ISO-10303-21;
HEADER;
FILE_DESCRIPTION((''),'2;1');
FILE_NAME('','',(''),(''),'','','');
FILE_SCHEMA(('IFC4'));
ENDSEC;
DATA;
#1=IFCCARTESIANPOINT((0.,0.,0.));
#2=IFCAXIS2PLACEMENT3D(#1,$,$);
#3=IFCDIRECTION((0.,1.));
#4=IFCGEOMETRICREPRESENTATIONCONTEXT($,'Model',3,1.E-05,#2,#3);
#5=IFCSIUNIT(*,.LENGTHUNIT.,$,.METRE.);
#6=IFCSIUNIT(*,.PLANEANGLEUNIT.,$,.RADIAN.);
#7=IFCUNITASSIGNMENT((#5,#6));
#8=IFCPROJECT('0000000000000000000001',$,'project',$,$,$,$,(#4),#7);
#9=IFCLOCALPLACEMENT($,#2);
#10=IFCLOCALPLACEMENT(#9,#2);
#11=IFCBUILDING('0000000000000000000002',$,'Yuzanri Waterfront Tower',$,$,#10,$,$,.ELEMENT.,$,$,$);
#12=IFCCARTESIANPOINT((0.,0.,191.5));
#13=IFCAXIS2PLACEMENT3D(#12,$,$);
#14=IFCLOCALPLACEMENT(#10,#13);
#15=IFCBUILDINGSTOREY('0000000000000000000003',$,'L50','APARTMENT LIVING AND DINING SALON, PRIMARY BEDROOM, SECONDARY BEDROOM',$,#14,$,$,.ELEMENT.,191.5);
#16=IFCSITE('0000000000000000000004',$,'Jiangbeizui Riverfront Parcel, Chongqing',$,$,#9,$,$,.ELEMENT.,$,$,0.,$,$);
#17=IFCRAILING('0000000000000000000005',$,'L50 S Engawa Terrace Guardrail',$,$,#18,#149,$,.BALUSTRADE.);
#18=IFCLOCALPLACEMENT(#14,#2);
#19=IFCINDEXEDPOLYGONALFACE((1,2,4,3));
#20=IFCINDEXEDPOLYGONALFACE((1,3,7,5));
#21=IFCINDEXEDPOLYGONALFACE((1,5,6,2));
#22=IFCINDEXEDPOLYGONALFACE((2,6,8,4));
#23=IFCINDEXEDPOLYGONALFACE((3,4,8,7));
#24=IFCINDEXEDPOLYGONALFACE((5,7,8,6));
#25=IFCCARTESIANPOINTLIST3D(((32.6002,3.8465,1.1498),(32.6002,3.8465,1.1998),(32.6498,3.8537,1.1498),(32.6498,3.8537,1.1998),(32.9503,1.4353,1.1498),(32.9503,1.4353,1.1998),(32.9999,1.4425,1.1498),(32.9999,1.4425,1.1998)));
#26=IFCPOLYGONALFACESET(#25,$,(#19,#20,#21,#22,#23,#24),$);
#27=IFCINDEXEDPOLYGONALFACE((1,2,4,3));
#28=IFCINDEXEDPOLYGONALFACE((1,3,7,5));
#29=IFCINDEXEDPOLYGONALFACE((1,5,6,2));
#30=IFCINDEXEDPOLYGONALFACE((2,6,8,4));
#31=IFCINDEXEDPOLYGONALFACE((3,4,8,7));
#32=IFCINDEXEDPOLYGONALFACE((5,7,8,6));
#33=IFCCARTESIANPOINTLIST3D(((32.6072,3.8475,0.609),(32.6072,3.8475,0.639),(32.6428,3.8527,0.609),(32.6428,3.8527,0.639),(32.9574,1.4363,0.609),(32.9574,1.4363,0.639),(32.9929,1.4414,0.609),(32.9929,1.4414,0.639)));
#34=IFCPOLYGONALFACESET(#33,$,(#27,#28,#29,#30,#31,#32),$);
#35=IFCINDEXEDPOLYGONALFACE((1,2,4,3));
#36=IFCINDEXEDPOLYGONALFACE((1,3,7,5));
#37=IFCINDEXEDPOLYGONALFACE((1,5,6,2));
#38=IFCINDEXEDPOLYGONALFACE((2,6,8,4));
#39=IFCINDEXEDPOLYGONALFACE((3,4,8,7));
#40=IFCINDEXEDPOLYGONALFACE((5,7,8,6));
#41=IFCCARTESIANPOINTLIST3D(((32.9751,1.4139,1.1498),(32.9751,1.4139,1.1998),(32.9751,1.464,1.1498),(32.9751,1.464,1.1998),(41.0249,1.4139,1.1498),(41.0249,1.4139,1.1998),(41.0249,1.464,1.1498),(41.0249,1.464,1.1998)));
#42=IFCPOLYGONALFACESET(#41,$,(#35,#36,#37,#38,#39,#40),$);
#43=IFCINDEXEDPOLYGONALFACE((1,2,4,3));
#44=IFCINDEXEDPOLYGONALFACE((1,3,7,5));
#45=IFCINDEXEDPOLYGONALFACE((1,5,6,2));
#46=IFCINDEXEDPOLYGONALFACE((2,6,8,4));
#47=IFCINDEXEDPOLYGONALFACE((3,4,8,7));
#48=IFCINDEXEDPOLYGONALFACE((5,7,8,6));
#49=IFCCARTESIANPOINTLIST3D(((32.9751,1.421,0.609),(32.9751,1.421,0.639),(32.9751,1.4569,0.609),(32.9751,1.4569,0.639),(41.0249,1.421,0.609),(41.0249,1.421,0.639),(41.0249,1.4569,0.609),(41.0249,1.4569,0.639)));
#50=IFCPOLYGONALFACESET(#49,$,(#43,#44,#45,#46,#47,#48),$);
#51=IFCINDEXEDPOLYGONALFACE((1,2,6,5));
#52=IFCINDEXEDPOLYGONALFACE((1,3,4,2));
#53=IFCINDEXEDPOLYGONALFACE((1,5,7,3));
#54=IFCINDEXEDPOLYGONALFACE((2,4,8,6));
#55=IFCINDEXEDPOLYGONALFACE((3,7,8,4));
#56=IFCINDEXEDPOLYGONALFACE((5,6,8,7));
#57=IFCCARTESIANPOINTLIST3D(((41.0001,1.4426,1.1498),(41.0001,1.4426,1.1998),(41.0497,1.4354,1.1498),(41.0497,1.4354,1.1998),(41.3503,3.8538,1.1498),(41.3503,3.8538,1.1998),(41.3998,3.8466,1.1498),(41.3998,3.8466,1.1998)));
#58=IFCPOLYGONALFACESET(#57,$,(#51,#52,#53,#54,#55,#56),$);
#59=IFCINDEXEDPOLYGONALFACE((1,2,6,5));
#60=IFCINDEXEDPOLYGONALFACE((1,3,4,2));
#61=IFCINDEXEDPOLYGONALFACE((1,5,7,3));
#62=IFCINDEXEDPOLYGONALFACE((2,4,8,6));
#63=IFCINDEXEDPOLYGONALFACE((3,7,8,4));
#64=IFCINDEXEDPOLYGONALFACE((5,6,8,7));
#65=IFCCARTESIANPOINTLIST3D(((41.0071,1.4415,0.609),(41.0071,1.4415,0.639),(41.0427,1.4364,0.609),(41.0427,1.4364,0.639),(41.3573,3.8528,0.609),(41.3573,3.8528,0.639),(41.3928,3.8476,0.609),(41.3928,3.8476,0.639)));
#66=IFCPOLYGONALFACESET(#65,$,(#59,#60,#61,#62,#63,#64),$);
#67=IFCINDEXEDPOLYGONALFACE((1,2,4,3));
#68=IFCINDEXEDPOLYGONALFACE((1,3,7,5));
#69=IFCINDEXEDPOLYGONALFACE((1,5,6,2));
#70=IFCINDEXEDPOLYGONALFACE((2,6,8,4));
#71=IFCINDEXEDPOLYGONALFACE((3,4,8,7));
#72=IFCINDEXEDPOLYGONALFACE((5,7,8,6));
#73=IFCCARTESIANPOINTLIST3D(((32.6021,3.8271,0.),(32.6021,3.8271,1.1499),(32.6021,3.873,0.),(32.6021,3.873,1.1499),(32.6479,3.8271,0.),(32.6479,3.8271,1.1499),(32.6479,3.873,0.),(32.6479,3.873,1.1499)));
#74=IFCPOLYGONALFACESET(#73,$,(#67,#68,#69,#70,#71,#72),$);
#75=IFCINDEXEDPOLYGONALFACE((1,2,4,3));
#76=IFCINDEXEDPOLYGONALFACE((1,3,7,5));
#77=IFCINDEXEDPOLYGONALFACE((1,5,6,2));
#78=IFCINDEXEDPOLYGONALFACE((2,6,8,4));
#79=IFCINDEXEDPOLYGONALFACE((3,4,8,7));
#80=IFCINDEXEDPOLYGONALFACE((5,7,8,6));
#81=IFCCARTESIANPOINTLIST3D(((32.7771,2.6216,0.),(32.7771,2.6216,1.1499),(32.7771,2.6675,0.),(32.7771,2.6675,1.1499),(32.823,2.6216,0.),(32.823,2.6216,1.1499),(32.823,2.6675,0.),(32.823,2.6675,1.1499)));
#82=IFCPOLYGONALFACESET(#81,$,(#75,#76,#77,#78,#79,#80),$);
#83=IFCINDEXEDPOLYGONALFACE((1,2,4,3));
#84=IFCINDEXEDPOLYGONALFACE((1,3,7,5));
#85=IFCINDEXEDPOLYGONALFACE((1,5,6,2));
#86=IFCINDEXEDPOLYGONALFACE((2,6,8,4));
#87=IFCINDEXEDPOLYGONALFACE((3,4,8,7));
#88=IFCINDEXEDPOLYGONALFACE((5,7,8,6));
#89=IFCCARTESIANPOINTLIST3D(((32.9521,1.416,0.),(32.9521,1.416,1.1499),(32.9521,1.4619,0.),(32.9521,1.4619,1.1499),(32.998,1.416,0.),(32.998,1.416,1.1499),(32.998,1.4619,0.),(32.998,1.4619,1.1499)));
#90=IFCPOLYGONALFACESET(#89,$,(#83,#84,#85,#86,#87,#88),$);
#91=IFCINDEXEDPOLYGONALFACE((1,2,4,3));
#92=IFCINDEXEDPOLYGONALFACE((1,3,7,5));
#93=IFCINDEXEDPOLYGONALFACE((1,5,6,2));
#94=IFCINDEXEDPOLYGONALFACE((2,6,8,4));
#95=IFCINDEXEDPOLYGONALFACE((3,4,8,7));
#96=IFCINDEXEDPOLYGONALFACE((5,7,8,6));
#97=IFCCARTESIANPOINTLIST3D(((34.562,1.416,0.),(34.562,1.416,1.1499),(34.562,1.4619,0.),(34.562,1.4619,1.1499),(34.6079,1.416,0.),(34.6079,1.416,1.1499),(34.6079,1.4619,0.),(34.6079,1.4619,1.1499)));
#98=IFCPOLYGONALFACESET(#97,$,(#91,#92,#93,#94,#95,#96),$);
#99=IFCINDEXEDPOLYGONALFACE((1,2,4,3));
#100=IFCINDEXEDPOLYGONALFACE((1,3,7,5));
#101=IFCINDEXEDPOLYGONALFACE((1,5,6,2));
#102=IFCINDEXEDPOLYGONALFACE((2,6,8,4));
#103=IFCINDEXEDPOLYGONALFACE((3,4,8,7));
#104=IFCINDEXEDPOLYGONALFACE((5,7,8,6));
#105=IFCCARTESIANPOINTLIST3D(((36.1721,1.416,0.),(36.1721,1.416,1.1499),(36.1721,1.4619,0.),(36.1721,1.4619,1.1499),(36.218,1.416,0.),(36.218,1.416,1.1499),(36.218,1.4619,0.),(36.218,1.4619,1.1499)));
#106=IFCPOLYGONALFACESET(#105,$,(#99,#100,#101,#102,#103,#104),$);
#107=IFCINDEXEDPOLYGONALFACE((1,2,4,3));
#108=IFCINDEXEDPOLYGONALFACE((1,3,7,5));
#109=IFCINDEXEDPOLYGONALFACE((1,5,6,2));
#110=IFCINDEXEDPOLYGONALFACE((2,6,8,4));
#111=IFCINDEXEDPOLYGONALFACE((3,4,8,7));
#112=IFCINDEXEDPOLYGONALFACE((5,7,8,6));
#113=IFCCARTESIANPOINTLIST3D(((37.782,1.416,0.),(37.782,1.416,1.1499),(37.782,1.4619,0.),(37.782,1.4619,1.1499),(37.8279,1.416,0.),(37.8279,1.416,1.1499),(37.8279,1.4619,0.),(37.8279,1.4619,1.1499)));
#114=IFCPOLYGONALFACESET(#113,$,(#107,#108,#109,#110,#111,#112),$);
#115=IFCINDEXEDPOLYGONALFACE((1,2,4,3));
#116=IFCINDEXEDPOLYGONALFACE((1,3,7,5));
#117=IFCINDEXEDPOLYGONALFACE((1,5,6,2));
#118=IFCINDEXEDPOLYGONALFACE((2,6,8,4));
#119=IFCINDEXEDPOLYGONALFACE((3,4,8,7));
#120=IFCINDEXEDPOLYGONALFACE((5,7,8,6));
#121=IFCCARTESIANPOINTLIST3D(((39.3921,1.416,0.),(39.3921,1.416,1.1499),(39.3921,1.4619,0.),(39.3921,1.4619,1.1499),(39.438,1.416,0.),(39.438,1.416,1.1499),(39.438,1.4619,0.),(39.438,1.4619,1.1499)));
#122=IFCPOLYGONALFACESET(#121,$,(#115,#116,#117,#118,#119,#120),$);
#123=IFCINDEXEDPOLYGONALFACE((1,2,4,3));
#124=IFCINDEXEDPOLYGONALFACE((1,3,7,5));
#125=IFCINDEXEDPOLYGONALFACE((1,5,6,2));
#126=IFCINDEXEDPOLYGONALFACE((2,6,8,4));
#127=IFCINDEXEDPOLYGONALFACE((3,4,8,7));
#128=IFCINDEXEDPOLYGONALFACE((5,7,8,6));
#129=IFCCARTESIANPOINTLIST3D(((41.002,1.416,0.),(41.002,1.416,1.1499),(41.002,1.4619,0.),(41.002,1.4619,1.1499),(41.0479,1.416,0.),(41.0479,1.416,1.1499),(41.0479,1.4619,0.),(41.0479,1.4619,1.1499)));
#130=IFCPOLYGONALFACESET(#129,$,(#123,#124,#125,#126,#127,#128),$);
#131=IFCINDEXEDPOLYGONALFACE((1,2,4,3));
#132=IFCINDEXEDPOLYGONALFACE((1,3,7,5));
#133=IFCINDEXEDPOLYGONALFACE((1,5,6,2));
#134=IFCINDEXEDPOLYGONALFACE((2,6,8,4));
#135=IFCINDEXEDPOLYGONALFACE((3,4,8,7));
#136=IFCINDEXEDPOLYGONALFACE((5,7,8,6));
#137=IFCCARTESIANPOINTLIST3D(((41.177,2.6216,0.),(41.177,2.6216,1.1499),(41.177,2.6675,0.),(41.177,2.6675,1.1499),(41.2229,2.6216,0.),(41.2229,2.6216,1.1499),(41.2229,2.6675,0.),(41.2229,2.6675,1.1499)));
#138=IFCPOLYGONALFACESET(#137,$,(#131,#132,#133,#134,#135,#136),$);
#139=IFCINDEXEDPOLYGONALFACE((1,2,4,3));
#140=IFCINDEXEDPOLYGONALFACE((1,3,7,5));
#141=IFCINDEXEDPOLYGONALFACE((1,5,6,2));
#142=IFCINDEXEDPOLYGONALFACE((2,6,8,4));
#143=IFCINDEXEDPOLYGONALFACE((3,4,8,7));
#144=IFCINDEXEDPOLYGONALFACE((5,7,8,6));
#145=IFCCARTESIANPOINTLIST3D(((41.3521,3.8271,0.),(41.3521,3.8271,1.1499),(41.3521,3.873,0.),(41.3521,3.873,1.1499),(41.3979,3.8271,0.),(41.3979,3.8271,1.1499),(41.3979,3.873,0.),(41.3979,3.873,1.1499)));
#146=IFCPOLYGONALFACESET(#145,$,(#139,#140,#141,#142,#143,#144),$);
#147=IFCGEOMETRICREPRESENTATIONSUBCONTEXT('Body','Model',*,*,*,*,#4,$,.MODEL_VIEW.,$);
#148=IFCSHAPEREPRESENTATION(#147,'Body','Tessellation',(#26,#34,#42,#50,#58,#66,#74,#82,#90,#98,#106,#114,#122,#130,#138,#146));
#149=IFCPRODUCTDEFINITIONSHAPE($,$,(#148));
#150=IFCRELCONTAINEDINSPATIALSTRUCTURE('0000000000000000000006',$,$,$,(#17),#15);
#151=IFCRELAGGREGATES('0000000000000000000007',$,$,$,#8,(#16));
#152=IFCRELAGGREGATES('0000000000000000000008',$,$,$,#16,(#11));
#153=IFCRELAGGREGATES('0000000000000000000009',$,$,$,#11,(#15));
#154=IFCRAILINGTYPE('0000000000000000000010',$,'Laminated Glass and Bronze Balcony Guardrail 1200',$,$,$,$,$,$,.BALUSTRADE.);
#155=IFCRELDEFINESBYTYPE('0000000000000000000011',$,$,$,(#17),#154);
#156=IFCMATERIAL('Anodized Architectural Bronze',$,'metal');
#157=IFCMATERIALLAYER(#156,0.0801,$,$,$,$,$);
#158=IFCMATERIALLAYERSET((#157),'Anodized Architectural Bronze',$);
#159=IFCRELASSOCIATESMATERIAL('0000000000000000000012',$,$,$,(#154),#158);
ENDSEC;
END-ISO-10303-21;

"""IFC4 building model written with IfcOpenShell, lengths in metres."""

from ifc_helpers import new_model, si_unit, direction, frame, origin, origin_2d, place, context, subcontext, project, spatial, rectangle, extrude, source, transform, mapped, material, layer, layer_set, type_object, element, save


model = new_model("IFC4")

# Units and contexts
model_context = context("Model", 3, precision=1e-05, world=origin(), true_north=direction((0.0, 1.0)))
body_context = subcontext(model_context, "Body", "Model", "MODEL_VIEW")
ifc_project = project(units=[si_unit("LENGTHUNIT", "METRE"), si_unit("PLANEANGLEUNIT", "RADIAN")], contexts=[model_context])

# Site, building, storey
site_placement = place(None, origin())
site = spatial("IfcSite", under=ifc_project, at=site_placement, Name="Jiangbeizui Riverfront Parcel, Chongqing", CompositionType="ELEMENT", RefElevation=0.0)
building_placement = place(site_placement, origin())
building = spatial("IfcBuilding", under=site, at=building_placement, Name="Yuzanri Waterfront Tower", CompositionType="ELEMENT")
storey_placement = place(building_placement, frame((0.0, 0.0, 191.5)))
storey = spatial("IfcBuildingStorey", under=building, at=storey_placement, Name="L50", Description="APARTMENT LIVING AND DINING SALON, PRIMARY BEDROOM, SECONDARY BEDROOM", CompositionType="ELEMENT", Elevation=191.5)

# Railing
ifc_material_1 = material(Name="Anodized Architectural Bronze", Category="metal")
ifc_layer_1 = layer(ifc_material_1, 0.0801)
ifc_layer_set_1 = layer_set([ifc_layer_1], Name="Anodized Architectural Bronze")
railing_type = type_object("IfcRailingType", Name="Laminated Glass and Bronze Balcony Guardrail 1200", PredefinedType="BALUSTRADE", material=ifc_layer_set_1)
shared_shape_1 = source(origin(), body_context, "Body", "SweptSolid", [
    extrude(rectangle(XDim=0.05, YDim=0.05, at=origin_2d()), frame((0.0, 0.0, 1.1748), z_axis=(0.143694, -0.989622, 0.0), x_axis=(0.989622, 0.143694, 0.0)), (0.0, 0.0, 1.0), 2.4365),
    extrude(rectangle(XDim=0.0359, YDim=0.03, at=origin_2d()), frame((0.0, 0.0, 0.624), z_axis=(0.143694, -0.989622, 0.0), x_axis=(0.989622, 0.143694, 0.0)), (0.0, 0.0, 1.0), 2.4365),
    extrude(rectangle(XDim=0.05, YDim=0.05, at=origin_2d()), frame((0.3501, -2.4111, 1.1748), z_axis=(1.0, 0.0, 0.0), x_axis=(0.0, 1.0, 0.0)), (0.0, 0.0, 1.0), 8.0498),
    extrude(rectangle(XDim=0.0359, YDim=0.03, at=origin_2d()), frame((0.3501, -2.4111, 0.624), z_axis=(1.0, 0.0, 0.0), x_axis=(0.0, 1.0, 0.0)), (0.0, 0.0, 1.0), 8.0498),
    extrude(rectangle(XDim=0.05, YDim=0.05, at=origin_2d()), frame((8.3999, -2.4111, 1.1748), z_axis=(0.143694, 0.989622, 0.0), x_axis=(-0.989622, 0.143694, 0.0)), (0.0, 0.0, 1.0), 2.4365),
    extrude(rectangle(XDim=0.0359, YDim=0.03, at=origin_2d()), frame((8.3999, -2.4111, 0.624), z_axis=(0.143694, 0.989622, 0.0), x_axis=(-0.989622, 0.143694, 0.0)), (0.0, 0.0, 1.0), 2.4365),
    extrude(rectangle(XDim=0.0459, YDim=0.0459, at=origin_2d()), origin(), (0.0, 0.0, 1.0), 1.1499),
    extrude(rectangle(XDim=0.0459, YDim=0.0459, at=origin_2d()), frame((0.175, -1.2056, 0.0)), (0.0, 0.0, 1.0), 1.1499),
    extrude(rectangle(XDim=0.0459, YDim=0.0459, at=origin_2d()), frame((0.3501, -2.4111, 0.0)), (0.0, 0.0, 1.0), 1.1499),
    extrude(rectangle(XDim=0.0459, YDim=0.0459, at=origin_2d()), frame((1.96, -2.4111, 0.0)), (0.0, 0.0, 1.0), 1.1499),
    extrude(rectangle(XDim=0.0459, YDim=0.0459, at=origin_2d()), frame((3.5701, -2.4111, 0.0)), (0.0, 0.0, 1.0), 1.1499),
    extrude(rectangle(XDim=0.0459, YDim=0.0459, at=origin_2d()), frame((5.1799, -2.4111, 0.0)), (0.0, 0.0, 1.0), 1.1499),
    extrude(rectangle(XDim=0.0459, YDim=0.0459, at=origin_2d()), frame((6.79, -2.4111, 0.0)), (0.0, 0.0, 1.0), 1.1499),
    extrude(rectangle(XDim=0.0459, YDim=0.0459, at=origin_2d()), frame((8.3999, -2.4111, 0.0)), (0.0, 0.0, 1.0), 1.1499),
    extrude(rectangle(XDim=0.0459, YDim=0.0459, at=origin_2d()), frame((8.575, -1.2056, 0.0)), (0.0, 0.0, 1.0), 1.1499),
    extrude(rectangle(XDim=0.0459, YDim=0.0459, at=origin_2d()), frame((8.75, 0.0, 0.0)), (0.0, 0.0, 1.0), 1.1499),
])
railing_placement = place(storey_placement, frame((32.625, 3.8501, 0.0)))
element("IfcRailing", 1, at=railing_placement, inside=storey, type_object=railing_type, Name="L50 S Engawa Terrace Guardrail", PredefinedType="BALUSTRADE", context=body_context, shape_type="MappedRepresentation", body=[
    mapped(shared_shape_1, transform((0.0, 0.0, 0.0), scale=1.0)),
])

save(model, "model.ifc")
